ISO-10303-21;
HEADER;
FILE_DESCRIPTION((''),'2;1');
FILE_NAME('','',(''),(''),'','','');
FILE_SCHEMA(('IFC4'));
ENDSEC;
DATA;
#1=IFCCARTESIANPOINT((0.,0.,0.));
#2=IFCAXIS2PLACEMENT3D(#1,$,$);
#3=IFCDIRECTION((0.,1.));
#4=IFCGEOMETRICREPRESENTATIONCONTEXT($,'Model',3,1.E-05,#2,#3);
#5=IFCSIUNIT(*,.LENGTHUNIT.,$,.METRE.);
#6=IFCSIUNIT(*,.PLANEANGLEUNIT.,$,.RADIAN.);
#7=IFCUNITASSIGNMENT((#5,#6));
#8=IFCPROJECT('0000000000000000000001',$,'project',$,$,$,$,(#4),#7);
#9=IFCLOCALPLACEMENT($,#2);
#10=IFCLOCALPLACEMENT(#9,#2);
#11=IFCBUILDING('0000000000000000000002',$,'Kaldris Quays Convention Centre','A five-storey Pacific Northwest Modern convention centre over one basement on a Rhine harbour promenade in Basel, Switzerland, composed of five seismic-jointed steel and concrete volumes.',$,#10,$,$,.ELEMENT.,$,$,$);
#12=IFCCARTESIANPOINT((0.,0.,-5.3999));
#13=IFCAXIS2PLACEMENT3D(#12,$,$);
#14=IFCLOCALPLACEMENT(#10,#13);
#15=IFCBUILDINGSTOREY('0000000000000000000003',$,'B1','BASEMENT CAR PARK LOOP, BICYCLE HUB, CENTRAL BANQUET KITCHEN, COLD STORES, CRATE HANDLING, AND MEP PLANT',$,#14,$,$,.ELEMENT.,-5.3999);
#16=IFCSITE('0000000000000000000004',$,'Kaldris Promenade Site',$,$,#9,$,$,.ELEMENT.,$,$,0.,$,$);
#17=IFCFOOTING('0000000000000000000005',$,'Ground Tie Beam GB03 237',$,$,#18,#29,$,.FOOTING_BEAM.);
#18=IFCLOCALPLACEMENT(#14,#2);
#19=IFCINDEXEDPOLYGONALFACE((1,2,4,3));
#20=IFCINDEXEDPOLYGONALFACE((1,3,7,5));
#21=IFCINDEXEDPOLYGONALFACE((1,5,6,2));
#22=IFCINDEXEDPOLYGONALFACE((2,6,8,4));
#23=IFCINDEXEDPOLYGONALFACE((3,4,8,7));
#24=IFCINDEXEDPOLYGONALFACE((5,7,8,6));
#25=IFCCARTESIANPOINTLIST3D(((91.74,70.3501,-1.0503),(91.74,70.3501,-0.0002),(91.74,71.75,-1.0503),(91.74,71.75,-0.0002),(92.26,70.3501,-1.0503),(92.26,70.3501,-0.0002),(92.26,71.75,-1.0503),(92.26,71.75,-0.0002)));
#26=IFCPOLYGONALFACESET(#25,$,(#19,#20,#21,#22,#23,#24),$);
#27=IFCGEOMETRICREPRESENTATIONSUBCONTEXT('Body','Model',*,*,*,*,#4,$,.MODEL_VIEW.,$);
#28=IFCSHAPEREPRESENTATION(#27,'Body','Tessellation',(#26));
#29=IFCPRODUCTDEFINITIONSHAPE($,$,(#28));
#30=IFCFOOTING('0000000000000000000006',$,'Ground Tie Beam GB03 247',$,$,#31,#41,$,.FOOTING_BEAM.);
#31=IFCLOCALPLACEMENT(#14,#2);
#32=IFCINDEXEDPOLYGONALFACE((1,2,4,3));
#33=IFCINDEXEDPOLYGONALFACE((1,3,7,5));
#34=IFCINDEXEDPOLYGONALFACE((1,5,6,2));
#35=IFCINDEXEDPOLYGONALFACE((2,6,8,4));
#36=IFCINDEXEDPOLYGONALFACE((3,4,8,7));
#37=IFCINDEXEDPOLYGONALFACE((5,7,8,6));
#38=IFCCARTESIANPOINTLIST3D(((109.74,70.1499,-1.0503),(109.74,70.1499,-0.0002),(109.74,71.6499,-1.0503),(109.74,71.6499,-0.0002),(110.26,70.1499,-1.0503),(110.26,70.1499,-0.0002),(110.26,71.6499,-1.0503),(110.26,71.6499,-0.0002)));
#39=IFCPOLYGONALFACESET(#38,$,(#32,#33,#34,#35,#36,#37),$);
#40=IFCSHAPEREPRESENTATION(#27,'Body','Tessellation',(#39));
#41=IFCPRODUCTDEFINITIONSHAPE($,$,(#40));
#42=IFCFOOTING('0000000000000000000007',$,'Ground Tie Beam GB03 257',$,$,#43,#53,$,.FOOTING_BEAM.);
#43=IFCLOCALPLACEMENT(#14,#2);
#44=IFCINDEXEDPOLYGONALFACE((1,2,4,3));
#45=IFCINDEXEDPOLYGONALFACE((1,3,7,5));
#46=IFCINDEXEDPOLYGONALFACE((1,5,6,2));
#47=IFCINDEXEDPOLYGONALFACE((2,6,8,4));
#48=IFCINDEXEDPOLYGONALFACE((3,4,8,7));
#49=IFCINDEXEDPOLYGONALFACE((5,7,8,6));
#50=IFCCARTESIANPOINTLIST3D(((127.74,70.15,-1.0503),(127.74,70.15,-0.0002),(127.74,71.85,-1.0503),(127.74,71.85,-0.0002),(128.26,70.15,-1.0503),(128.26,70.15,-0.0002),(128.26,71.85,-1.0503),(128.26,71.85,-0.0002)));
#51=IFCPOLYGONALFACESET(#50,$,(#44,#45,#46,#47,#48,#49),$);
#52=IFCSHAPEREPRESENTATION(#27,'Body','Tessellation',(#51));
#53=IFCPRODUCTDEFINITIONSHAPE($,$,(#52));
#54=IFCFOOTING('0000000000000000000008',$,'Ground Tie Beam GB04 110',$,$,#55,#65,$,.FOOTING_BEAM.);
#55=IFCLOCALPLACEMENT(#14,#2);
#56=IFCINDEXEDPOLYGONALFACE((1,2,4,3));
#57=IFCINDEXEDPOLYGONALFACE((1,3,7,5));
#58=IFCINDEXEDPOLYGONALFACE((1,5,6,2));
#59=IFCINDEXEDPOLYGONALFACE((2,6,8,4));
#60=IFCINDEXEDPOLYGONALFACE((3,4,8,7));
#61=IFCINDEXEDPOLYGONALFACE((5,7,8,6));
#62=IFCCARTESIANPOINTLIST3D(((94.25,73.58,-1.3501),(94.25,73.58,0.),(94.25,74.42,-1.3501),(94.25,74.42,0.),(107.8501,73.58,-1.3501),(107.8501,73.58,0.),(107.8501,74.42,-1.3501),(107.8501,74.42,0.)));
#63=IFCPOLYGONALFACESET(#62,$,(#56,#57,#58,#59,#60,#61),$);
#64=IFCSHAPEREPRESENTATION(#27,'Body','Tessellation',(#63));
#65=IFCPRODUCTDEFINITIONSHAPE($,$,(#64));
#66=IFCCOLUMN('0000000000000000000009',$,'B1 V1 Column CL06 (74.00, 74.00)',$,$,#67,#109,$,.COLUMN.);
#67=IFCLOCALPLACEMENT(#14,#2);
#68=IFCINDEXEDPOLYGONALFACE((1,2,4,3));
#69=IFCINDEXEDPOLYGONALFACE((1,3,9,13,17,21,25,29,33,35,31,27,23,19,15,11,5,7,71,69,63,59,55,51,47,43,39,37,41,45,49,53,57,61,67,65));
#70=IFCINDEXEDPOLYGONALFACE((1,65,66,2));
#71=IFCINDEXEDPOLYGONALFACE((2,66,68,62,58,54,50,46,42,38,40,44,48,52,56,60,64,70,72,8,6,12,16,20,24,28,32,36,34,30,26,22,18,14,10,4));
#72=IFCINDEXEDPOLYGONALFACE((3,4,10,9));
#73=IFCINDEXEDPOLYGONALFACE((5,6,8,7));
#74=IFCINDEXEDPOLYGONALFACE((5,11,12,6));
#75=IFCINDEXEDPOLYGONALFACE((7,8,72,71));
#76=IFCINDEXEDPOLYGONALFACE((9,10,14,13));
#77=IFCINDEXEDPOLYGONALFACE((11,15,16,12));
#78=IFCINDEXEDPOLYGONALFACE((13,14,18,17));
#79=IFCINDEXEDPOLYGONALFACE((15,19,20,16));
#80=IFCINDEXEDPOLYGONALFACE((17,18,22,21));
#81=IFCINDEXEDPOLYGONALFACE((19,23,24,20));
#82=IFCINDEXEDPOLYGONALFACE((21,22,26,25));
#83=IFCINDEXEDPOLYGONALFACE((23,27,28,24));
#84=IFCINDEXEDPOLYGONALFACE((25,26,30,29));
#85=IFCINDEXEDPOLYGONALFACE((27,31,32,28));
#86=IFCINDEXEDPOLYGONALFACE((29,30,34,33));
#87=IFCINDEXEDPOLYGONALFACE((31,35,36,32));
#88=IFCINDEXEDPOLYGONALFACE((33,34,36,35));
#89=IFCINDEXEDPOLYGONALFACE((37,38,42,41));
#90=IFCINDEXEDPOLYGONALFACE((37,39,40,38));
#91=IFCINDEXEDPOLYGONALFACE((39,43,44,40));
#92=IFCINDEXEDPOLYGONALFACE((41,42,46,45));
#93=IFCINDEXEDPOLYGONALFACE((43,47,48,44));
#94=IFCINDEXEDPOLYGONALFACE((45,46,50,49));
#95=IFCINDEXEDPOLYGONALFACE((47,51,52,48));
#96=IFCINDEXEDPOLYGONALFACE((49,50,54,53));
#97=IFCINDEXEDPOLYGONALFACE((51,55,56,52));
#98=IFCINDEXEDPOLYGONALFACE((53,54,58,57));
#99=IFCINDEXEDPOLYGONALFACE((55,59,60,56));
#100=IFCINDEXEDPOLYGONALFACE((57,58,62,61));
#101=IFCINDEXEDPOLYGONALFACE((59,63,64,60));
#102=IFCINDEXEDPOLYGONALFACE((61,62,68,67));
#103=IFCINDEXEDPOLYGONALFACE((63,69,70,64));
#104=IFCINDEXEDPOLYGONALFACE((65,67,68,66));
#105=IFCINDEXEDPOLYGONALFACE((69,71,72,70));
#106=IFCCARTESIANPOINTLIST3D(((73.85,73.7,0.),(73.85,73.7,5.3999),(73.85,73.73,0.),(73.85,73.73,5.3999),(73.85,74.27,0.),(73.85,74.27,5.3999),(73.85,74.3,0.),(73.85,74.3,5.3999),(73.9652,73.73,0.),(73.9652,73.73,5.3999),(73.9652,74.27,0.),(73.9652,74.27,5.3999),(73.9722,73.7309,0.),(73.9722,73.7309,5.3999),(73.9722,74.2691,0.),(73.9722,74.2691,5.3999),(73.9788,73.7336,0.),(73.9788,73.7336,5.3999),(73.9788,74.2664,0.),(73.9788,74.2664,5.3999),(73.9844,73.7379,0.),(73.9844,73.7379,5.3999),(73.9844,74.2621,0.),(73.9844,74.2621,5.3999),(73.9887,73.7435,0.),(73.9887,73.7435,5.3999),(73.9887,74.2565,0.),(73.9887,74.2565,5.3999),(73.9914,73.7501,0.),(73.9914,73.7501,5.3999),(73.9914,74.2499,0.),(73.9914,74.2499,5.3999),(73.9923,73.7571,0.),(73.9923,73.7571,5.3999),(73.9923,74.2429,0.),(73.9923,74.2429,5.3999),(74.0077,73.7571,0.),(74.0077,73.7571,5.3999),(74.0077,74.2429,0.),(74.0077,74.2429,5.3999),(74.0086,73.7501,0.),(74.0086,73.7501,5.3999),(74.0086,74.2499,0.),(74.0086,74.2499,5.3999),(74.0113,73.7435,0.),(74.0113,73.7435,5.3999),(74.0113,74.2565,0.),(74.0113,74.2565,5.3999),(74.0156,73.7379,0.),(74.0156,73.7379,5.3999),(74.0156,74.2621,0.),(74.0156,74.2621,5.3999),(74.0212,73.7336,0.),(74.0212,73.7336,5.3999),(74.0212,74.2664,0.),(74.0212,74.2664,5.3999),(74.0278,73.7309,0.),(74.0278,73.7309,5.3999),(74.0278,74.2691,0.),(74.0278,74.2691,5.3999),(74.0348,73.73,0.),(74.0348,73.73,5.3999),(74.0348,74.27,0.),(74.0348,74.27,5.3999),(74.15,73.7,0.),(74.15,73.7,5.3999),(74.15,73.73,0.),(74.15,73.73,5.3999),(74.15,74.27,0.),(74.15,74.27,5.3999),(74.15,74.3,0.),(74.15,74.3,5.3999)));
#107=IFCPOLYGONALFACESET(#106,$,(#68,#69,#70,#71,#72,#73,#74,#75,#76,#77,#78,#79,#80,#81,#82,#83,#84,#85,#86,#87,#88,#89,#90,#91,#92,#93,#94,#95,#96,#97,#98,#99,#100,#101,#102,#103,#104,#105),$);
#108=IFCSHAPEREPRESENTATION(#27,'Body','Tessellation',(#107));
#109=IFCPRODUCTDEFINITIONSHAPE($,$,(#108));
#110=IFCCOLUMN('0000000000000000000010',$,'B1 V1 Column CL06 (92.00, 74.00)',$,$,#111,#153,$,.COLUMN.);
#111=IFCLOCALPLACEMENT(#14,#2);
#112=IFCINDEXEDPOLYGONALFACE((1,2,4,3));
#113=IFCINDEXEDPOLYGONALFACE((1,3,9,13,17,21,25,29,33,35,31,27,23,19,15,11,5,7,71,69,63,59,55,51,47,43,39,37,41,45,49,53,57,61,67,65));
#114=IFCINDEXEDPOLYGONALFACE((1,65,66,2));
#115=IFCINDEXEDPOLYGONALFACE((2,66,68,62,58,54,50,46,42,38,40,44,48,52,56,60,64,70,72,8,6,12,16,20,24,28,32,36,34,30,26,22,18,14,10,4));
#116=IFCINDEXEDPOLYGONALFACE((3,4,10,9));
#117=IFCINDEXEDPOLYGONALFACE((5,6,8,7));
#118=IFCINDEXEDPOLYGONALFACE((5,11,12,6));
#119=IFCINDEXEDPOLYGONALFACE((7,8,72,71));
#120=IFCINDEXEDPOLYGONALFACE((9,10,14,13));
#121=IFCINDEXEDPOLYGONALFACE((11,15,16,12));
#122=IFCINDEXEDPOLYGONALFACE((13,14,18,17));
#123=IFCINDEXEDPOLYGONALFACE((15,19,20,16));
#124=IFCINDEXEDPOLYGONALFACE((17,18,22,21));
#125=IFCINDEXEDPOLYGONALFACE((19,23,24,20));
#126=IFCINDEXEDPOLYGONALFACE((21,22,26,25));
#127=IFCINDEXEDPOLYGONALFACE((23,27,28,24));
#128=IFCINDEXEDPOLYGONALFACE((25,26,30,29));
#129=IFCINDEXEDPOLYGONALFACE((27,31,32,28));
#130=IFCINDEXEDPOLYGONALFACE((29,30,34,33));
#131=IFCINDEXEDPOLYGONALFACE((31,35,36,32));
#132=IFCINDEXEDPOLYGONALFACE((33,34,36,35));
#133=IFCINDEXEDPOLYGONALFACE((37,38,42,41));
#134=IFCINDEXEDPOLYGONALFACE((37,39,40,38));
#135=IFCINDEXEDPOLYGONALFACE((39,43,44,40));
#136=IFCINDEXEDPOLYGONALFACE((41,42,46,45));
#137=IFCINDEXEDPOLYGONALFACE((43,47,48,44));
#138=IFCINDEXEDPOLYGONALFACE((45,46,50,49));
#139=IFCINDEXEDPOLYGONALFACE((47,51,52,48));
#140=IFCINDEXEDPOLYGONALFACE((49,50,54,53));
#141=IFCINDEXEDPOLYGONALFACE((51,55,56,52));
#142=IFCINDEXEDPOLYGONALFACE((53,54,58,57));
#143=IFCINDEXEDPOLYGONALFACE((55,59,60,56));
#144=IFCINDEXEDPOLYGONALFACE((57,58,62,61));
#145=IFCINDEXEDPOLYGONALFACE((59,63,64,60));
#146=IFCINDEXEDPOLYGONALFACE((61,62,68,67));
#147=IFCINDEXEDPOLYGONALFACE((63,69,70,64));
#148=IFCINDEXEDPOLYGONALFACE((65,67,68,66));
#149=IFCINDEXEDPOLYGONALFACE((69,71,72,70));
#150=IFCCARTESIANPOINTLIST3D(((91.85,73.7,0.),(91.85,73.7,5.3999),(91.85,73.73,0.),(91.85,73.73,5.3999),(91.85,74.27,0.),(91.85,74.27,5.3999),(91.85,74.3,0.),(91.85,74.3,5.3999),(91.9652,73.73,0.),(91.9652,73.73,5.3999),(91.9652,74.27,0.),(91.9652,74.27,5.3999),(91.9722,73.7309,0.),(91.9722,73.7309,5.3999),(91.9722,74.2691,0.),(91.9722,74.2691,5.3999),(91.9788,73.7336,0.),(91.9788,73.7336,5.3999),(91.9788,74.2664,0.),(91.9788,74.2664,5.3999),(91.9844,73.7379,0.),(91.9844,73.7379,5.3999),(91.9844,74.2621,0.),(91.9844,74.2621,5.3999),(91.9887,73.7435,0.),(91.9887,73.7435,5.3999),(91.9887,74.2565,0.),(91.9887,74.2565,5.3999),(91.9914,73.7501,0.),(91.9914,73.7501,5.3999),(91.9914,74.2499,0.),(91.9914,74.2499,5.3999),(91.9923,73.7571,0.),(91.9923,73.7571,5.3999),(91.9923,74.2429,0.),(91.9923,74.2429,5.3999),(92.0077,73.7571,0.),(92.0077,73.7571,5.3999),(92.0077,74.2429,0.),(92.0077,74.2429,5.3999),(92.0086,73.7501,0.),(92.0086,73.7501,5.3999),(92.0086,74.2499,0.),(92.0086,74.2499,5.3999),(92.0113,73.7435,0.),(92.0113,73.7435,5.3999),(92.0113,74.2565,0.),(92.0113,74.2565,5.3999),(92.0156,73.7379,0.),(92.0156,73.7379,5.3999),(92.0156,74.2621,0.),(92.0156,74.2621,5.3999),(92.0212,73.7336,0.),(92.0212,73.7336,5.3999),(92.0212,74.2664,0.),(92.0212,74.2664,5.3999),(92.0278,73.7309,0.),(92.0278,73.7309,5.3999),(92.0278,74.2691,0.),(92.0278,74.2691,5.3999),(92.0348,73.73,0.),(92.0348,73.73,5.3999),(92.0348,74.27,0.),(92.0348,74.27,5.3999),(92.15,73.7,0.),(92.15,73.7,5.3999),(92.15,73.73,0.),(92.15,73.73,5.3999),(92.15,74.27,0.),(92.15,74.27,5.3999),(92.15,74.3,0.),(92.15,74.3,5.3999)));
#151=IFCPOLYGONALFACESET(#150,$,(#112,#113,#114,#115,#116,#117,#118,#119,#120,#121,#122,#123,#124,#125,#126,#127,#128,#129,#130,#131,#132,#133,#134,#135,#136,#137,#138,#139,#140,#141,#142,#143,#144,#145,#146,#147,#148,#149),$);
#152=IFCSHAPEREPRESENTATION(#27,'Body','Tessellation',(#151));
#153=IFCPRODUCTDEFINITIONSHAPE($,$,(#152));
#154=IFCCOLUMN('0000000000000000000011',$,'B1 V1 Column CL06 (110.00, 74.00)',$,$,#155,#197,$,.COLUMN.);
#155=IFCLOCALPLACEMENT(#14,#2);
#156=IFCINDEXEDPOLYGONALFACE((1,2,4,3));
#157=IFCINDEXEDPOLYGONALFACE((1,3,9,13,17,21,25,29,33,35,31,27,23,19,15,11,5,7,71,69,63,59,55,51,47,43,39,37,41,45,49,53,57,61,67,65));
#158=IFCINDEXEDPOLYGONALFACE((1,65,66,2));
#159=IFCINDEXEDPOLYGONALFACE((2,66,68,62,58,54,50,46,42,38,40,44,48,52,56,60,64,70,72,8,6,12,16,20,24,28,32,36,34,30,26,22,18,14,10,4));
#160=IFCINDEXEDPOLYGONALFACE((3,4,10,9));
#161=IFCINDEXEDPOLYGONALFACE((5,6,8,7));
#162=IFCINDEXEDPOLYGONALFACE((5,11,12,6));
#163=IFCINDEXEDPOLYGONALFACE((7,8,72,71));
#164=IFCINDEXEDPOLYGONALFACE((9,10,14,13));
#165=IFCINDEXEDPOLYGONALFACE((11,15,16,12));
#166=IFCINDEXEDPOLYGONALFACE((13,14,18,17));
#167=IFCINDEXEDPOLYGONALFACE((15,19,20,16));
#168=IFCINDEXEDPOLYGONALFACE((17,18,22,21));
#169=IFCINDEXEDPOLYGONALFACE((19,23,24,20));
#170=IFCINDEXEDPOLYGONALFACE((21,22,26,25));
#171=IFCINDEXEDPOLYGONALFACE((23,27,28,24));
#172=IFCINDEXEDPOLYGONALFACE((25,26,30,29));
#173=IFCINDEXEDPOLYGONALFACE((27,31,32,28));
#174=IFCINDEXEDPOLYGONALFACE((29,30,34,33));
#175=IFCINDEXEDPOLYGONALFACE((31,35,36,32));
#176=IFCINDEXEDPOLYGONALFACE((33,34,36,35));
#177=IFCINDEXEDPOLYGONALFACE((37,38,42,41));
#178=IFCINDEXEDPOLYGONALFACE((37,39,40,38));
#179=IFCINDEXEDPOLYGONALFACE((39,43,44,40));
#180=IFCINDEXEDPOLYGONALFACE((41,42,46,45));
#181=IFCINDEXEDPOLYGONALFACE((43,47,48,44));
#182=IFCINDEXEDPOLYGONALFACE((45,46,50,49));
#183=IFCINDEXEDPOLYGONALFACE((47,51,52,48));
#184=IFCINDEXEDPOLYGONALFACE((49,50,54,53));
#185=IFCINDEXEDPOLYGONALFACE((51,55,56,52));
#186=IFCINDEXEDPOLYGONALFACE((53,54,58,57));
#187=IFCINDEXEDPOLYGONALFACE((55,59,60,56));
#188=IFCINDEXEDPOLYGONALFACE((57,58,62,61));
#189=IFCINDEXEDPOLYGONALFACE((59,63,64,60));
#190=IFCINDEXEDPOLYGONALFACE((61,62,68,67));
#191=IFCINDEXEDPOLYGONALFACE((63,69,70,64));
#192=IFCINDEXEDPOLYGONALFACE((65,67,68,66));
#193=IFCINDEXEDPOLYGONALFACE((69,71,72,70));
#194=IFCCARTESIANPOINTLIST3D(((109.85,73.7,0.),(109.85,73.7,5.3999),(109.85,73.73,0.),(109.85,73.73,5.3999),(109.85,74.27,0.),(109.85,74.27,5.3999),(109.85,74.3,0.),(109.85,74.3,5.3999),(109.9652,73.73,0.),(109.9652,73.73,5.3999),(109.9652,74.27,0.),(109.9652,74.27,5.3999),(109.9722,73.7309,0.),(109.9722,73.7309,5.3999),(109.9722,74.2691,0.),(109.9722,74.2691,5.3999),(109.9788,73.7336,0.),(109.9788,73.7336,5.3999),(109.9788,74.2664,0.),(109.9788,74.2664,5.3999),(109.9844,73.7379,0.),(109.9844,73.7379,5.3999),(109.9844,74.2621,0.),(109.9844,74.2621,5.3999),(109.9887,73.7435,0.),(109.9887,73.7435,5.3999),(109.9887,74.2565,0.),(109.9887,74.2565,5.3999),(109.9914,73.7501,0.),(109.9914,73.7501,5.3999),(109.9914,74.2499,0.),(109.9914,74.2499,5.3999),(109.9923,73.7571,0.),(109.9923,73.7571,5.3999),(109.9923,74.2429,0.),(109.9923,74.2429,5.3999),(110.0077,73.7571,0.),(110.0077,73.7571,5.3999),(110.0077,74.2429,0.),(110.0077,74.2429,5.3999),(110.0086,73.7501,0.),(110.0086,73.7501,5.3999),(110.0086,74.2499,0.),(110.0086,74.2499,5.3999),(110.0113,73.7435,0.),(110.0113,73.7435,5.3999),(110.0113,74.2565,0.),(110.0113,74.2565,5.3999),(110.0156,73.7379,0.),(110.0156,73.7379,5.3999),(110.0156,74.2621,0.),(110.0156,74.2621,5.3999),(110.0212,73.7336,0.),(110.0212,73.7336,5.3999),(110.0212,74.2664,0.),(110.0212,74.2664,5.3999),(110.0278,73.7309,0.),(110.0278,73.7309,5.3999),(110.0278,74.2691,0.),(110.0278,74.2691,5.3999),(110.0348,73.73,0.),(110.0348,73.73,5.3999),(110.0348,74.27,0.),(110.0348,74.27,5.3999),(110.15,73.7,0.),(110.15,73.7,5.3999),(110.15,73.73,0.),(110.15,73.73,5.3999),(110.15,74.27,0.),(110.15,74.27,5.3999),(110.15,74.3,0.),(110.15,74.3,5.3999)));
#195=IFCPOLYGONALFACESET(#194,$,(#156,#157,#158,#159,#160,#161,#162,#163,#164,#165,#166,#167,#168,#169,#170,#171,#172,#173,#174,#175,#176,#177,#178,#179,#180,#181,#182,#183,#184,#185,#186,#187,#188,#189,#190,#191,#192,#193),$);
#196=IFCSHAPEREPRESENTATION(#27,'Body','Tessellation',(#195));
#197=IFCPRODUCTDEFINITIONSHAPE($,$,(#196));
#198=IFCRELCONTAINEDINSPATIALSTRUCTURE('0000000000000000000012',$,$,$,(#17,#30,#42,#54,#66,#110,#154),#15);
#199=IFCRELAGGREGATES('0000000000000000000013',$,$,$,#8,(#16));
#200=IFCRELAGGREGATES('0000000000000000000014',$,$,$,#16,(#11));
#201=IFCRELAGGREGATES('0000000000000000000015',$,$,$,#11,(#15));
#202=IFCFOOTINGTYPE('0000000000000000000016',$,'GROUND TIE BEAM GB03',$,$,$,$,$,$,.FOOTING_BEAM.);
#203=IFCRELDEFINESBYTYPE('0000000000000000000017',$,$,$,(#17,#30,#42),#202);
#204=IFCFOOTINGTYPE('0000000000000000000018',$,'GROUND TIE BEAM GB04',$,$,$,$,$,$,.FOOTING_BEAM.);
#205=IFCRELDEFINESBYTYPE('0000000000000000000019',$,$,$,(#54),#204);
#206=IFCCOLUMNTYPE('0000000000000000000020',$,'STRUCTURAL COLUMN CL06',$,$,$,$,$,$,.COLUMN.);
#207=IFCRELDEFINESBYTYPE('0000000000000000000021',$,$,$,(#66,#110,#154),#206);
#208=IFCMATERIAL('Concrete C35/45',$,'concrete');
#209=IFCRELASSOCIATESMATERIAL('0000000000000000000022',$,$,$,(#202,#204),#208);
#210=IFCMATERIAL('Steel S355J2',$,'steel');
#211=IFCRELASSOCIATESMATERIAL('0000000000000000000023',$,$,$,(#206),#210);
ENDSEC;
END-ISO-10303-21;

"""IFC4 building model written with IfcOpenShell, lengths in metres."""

from ifc_helpers import new_model, si_unit, direction, frame, origin, origin_2d, place, context, subcontext, project, spatial, rectangle, i_section, extrude, material, material_profile, profile_set, type_object, element, save


model = new_model("IFC4")

# Units and contexts
model_context = context("Model", 3, precision=1e-05, world=origin(), true_north=direction((0.0, 1.0)))
body_context = subcontext(model_context, "Body", "Model", "MODEL_VIEW")
ifc_project = project(units=[si_unit("LENGTHUNIT", "METRE"), si_unit("PLANEANGLEUNIT", "RADIAN")], contexts=[model_context])

# Site, building, storey
site_placement = place(None, origin())
site = spatial("IfcSite", under=ifc_project, at=site_placement, Name="Kaldris Promenade Site", CompositionType="ELEMENT", RefElevation=0.0)
building_placement = place(site_placement, origin())
building = spatial("IfcBuilding", under=site, at=building_placement, Name="Kaldris Quays Convention Centre", Description="A five-storey Pacific Northwest Modern convention centre over one basement on a Rhine harbour promenade in Basel, Switzerland, composed of five seismic-jointed steel and concrete volumes.", CompositionType="ELEMENT")
storey_placement = place(building_placement, frame((0.0, 0.0, -5.3999)))
storey = spatial("IfcBuildingStorey", under=building, at=storey_placement, Name="B1", Description="BASEMENT CAR PARK LOOP, BICYCLE HUB, CENTRAL BANQUET KITCHEN, COLD STORES, CRATE HANDLING, AND MEP PLANT", CompositionType="ELEMENT", Elevation=-5.3999)

# Shared definitions
ifc_material_1 = material(Name="Concrete C35/45", Category="concrete")

# Footings
footing_type_1 = type_object("IfcFootingType", Name="GROUND TIE BEAM GB03", PredefinedType="FOOTING_BEAM", material=ifc_material_1)
footing_1_placement = place(storey_placement, frame((92.0, 71.05, -1.0503), z_axis=(0.0, 0.0, 1.0), x_axis=(1.0, 0.0, 0.0)))
element("IfcFooting", 1, at=footing_1_placement, inside=storey, type_object=footing_type_1, Name="Ground Tie Beam GB03 237", PredefinedType="FOOTING_BEAM", context=body_context, shape_type="SweptSolid", body=[
    extrude(rectangle(XDim=0.52, YDim=1.3999, at=origin_2d()), origin(), (0.0, 0.0, 1.0), 1.05),
])
footing_2_placement = place(storey_placement, frame((110.0, 70.8999, -1.0503), z_axis=(0.0, 0.0, 1.0), x_axis=(1.0, 0.0, 0.0)))
element("IfcFooting", 2, at=footing_2_placement, inside=storey, type_object=footing_type_1, Name="Ground Tie Beam GB03 247", PredefinedType="FOOTING_BEAM", context=body_context, shape_type="SweptSolid", body=[
    extrude(rectangle(XDim=0.52, YDim=1.5, at=origin_2d()), origin(), (0.0, 0.0, 1.0), 1.05),
])
footing_3_placement = place(storey_placement, frame((128.0, 71.0, -1.0503), z_axis=(0.0, 0.0, 1.0), x_axis=(1.0, 0.0, 0.0)))
element("IfcFooting", 3, at=footing_3_placement, inside=storey, type_object=footing_type_1, Name="Ground Tie Beam GB03 257", PredefinedType="FOOTING_BEAM", context=body_context, shape_type="SweptSolid", body=[
    extrude(rectangle(XDim=0.52, YDim=1.7, at=origin_2d()), origin(), (0.0, 0.0, 1.0), 1.05),
])
footing_type_2 = type_object("IfcFootingType", Name="GROUND TIE BEAM GB04", PredefinedType="FOOTING_BEAM", material=ifc_material_1)
footing_4_placement = place(storey_placement, frame((101.05, 74.0, -1.3501), z_axis=(0.0, 0.0, 1.0), x_axis=(1.0, 0.0, 0.0)))
element("IfcFooting", 4, at=footing_4_placement, inside=storey, type_object=footing_type_2, Name="Ground Tie Beam GB04 110", PredefinedType="FOOTING_BEAM", context=body_context, shape_type="SweptSolid", body=[
    extrude(rectangle(XDim=13.6001, YDim=0.8401, at=origin_2d()), origin(), (0.0, 0.0, 1.0), 1.3501),
])

# Columns
ifc_material_2 = material(Name="Steel S355J2", Category="steel")
ifc_material_profile_1 = material_profile(ifc_material_2, i_section(OverallWidth=0.3, OverallDepth=0.6001, WebThickness=0.0154, FlangeThickness=0.03, FilletRadius=0.0271, at=origin_2d()), Name="HEB 600")
ifc_profile_set_1 = profile_set([ifc_material_profile_1], Name="Steel S355J2")
column_type = type_object("IfcColumnType", Name="STRUCTURAL COLUMN CL06", PredefinedType="COLUMN", material=ifc_profile_set_1)
for number, where, z_axis, x_axis, name in (
    (5, (74.0, 74.0, 0.0), (0.0, 0.0, 1.0), (1.0, 0.0, 0.0), "B1 V1 Column CL06 (74.00, 74.00)"),
    (6, (92.0, 74.0, 0.0), (0.0, 0.0, 1.0), (1.0, 0.0, 0.0), "B1 V1 Column CL06 (92.00, 74.00)"),
    (7, (110.0, 74.0, 0.0), (0.0, 0.0, 1.0), (1.0, 0.0, 0.0), "B1 V1 Column CL06 (110.00, 74.00)"),
):
    element("IfcColumn", number, at=place(storey_placement, frame(where, z_axis=z_axis, x_axis=x_axis)), inside=storey, type_object=column_type, Name=name, PredefinedType="COLUMN", context=body_context, shape_type="SweptSolid", body=[
        extrude(i_section(OverallWidth=0.3, OverallDepth=0.6001, WebThickness=0.0154, FlangeThickness=0.03, FilletRadius=0.0271, at=origin_2d()), origin(), (0.0, 0.0, 1.0), 5.3999),
    ])

save(model, "model.ifc")
